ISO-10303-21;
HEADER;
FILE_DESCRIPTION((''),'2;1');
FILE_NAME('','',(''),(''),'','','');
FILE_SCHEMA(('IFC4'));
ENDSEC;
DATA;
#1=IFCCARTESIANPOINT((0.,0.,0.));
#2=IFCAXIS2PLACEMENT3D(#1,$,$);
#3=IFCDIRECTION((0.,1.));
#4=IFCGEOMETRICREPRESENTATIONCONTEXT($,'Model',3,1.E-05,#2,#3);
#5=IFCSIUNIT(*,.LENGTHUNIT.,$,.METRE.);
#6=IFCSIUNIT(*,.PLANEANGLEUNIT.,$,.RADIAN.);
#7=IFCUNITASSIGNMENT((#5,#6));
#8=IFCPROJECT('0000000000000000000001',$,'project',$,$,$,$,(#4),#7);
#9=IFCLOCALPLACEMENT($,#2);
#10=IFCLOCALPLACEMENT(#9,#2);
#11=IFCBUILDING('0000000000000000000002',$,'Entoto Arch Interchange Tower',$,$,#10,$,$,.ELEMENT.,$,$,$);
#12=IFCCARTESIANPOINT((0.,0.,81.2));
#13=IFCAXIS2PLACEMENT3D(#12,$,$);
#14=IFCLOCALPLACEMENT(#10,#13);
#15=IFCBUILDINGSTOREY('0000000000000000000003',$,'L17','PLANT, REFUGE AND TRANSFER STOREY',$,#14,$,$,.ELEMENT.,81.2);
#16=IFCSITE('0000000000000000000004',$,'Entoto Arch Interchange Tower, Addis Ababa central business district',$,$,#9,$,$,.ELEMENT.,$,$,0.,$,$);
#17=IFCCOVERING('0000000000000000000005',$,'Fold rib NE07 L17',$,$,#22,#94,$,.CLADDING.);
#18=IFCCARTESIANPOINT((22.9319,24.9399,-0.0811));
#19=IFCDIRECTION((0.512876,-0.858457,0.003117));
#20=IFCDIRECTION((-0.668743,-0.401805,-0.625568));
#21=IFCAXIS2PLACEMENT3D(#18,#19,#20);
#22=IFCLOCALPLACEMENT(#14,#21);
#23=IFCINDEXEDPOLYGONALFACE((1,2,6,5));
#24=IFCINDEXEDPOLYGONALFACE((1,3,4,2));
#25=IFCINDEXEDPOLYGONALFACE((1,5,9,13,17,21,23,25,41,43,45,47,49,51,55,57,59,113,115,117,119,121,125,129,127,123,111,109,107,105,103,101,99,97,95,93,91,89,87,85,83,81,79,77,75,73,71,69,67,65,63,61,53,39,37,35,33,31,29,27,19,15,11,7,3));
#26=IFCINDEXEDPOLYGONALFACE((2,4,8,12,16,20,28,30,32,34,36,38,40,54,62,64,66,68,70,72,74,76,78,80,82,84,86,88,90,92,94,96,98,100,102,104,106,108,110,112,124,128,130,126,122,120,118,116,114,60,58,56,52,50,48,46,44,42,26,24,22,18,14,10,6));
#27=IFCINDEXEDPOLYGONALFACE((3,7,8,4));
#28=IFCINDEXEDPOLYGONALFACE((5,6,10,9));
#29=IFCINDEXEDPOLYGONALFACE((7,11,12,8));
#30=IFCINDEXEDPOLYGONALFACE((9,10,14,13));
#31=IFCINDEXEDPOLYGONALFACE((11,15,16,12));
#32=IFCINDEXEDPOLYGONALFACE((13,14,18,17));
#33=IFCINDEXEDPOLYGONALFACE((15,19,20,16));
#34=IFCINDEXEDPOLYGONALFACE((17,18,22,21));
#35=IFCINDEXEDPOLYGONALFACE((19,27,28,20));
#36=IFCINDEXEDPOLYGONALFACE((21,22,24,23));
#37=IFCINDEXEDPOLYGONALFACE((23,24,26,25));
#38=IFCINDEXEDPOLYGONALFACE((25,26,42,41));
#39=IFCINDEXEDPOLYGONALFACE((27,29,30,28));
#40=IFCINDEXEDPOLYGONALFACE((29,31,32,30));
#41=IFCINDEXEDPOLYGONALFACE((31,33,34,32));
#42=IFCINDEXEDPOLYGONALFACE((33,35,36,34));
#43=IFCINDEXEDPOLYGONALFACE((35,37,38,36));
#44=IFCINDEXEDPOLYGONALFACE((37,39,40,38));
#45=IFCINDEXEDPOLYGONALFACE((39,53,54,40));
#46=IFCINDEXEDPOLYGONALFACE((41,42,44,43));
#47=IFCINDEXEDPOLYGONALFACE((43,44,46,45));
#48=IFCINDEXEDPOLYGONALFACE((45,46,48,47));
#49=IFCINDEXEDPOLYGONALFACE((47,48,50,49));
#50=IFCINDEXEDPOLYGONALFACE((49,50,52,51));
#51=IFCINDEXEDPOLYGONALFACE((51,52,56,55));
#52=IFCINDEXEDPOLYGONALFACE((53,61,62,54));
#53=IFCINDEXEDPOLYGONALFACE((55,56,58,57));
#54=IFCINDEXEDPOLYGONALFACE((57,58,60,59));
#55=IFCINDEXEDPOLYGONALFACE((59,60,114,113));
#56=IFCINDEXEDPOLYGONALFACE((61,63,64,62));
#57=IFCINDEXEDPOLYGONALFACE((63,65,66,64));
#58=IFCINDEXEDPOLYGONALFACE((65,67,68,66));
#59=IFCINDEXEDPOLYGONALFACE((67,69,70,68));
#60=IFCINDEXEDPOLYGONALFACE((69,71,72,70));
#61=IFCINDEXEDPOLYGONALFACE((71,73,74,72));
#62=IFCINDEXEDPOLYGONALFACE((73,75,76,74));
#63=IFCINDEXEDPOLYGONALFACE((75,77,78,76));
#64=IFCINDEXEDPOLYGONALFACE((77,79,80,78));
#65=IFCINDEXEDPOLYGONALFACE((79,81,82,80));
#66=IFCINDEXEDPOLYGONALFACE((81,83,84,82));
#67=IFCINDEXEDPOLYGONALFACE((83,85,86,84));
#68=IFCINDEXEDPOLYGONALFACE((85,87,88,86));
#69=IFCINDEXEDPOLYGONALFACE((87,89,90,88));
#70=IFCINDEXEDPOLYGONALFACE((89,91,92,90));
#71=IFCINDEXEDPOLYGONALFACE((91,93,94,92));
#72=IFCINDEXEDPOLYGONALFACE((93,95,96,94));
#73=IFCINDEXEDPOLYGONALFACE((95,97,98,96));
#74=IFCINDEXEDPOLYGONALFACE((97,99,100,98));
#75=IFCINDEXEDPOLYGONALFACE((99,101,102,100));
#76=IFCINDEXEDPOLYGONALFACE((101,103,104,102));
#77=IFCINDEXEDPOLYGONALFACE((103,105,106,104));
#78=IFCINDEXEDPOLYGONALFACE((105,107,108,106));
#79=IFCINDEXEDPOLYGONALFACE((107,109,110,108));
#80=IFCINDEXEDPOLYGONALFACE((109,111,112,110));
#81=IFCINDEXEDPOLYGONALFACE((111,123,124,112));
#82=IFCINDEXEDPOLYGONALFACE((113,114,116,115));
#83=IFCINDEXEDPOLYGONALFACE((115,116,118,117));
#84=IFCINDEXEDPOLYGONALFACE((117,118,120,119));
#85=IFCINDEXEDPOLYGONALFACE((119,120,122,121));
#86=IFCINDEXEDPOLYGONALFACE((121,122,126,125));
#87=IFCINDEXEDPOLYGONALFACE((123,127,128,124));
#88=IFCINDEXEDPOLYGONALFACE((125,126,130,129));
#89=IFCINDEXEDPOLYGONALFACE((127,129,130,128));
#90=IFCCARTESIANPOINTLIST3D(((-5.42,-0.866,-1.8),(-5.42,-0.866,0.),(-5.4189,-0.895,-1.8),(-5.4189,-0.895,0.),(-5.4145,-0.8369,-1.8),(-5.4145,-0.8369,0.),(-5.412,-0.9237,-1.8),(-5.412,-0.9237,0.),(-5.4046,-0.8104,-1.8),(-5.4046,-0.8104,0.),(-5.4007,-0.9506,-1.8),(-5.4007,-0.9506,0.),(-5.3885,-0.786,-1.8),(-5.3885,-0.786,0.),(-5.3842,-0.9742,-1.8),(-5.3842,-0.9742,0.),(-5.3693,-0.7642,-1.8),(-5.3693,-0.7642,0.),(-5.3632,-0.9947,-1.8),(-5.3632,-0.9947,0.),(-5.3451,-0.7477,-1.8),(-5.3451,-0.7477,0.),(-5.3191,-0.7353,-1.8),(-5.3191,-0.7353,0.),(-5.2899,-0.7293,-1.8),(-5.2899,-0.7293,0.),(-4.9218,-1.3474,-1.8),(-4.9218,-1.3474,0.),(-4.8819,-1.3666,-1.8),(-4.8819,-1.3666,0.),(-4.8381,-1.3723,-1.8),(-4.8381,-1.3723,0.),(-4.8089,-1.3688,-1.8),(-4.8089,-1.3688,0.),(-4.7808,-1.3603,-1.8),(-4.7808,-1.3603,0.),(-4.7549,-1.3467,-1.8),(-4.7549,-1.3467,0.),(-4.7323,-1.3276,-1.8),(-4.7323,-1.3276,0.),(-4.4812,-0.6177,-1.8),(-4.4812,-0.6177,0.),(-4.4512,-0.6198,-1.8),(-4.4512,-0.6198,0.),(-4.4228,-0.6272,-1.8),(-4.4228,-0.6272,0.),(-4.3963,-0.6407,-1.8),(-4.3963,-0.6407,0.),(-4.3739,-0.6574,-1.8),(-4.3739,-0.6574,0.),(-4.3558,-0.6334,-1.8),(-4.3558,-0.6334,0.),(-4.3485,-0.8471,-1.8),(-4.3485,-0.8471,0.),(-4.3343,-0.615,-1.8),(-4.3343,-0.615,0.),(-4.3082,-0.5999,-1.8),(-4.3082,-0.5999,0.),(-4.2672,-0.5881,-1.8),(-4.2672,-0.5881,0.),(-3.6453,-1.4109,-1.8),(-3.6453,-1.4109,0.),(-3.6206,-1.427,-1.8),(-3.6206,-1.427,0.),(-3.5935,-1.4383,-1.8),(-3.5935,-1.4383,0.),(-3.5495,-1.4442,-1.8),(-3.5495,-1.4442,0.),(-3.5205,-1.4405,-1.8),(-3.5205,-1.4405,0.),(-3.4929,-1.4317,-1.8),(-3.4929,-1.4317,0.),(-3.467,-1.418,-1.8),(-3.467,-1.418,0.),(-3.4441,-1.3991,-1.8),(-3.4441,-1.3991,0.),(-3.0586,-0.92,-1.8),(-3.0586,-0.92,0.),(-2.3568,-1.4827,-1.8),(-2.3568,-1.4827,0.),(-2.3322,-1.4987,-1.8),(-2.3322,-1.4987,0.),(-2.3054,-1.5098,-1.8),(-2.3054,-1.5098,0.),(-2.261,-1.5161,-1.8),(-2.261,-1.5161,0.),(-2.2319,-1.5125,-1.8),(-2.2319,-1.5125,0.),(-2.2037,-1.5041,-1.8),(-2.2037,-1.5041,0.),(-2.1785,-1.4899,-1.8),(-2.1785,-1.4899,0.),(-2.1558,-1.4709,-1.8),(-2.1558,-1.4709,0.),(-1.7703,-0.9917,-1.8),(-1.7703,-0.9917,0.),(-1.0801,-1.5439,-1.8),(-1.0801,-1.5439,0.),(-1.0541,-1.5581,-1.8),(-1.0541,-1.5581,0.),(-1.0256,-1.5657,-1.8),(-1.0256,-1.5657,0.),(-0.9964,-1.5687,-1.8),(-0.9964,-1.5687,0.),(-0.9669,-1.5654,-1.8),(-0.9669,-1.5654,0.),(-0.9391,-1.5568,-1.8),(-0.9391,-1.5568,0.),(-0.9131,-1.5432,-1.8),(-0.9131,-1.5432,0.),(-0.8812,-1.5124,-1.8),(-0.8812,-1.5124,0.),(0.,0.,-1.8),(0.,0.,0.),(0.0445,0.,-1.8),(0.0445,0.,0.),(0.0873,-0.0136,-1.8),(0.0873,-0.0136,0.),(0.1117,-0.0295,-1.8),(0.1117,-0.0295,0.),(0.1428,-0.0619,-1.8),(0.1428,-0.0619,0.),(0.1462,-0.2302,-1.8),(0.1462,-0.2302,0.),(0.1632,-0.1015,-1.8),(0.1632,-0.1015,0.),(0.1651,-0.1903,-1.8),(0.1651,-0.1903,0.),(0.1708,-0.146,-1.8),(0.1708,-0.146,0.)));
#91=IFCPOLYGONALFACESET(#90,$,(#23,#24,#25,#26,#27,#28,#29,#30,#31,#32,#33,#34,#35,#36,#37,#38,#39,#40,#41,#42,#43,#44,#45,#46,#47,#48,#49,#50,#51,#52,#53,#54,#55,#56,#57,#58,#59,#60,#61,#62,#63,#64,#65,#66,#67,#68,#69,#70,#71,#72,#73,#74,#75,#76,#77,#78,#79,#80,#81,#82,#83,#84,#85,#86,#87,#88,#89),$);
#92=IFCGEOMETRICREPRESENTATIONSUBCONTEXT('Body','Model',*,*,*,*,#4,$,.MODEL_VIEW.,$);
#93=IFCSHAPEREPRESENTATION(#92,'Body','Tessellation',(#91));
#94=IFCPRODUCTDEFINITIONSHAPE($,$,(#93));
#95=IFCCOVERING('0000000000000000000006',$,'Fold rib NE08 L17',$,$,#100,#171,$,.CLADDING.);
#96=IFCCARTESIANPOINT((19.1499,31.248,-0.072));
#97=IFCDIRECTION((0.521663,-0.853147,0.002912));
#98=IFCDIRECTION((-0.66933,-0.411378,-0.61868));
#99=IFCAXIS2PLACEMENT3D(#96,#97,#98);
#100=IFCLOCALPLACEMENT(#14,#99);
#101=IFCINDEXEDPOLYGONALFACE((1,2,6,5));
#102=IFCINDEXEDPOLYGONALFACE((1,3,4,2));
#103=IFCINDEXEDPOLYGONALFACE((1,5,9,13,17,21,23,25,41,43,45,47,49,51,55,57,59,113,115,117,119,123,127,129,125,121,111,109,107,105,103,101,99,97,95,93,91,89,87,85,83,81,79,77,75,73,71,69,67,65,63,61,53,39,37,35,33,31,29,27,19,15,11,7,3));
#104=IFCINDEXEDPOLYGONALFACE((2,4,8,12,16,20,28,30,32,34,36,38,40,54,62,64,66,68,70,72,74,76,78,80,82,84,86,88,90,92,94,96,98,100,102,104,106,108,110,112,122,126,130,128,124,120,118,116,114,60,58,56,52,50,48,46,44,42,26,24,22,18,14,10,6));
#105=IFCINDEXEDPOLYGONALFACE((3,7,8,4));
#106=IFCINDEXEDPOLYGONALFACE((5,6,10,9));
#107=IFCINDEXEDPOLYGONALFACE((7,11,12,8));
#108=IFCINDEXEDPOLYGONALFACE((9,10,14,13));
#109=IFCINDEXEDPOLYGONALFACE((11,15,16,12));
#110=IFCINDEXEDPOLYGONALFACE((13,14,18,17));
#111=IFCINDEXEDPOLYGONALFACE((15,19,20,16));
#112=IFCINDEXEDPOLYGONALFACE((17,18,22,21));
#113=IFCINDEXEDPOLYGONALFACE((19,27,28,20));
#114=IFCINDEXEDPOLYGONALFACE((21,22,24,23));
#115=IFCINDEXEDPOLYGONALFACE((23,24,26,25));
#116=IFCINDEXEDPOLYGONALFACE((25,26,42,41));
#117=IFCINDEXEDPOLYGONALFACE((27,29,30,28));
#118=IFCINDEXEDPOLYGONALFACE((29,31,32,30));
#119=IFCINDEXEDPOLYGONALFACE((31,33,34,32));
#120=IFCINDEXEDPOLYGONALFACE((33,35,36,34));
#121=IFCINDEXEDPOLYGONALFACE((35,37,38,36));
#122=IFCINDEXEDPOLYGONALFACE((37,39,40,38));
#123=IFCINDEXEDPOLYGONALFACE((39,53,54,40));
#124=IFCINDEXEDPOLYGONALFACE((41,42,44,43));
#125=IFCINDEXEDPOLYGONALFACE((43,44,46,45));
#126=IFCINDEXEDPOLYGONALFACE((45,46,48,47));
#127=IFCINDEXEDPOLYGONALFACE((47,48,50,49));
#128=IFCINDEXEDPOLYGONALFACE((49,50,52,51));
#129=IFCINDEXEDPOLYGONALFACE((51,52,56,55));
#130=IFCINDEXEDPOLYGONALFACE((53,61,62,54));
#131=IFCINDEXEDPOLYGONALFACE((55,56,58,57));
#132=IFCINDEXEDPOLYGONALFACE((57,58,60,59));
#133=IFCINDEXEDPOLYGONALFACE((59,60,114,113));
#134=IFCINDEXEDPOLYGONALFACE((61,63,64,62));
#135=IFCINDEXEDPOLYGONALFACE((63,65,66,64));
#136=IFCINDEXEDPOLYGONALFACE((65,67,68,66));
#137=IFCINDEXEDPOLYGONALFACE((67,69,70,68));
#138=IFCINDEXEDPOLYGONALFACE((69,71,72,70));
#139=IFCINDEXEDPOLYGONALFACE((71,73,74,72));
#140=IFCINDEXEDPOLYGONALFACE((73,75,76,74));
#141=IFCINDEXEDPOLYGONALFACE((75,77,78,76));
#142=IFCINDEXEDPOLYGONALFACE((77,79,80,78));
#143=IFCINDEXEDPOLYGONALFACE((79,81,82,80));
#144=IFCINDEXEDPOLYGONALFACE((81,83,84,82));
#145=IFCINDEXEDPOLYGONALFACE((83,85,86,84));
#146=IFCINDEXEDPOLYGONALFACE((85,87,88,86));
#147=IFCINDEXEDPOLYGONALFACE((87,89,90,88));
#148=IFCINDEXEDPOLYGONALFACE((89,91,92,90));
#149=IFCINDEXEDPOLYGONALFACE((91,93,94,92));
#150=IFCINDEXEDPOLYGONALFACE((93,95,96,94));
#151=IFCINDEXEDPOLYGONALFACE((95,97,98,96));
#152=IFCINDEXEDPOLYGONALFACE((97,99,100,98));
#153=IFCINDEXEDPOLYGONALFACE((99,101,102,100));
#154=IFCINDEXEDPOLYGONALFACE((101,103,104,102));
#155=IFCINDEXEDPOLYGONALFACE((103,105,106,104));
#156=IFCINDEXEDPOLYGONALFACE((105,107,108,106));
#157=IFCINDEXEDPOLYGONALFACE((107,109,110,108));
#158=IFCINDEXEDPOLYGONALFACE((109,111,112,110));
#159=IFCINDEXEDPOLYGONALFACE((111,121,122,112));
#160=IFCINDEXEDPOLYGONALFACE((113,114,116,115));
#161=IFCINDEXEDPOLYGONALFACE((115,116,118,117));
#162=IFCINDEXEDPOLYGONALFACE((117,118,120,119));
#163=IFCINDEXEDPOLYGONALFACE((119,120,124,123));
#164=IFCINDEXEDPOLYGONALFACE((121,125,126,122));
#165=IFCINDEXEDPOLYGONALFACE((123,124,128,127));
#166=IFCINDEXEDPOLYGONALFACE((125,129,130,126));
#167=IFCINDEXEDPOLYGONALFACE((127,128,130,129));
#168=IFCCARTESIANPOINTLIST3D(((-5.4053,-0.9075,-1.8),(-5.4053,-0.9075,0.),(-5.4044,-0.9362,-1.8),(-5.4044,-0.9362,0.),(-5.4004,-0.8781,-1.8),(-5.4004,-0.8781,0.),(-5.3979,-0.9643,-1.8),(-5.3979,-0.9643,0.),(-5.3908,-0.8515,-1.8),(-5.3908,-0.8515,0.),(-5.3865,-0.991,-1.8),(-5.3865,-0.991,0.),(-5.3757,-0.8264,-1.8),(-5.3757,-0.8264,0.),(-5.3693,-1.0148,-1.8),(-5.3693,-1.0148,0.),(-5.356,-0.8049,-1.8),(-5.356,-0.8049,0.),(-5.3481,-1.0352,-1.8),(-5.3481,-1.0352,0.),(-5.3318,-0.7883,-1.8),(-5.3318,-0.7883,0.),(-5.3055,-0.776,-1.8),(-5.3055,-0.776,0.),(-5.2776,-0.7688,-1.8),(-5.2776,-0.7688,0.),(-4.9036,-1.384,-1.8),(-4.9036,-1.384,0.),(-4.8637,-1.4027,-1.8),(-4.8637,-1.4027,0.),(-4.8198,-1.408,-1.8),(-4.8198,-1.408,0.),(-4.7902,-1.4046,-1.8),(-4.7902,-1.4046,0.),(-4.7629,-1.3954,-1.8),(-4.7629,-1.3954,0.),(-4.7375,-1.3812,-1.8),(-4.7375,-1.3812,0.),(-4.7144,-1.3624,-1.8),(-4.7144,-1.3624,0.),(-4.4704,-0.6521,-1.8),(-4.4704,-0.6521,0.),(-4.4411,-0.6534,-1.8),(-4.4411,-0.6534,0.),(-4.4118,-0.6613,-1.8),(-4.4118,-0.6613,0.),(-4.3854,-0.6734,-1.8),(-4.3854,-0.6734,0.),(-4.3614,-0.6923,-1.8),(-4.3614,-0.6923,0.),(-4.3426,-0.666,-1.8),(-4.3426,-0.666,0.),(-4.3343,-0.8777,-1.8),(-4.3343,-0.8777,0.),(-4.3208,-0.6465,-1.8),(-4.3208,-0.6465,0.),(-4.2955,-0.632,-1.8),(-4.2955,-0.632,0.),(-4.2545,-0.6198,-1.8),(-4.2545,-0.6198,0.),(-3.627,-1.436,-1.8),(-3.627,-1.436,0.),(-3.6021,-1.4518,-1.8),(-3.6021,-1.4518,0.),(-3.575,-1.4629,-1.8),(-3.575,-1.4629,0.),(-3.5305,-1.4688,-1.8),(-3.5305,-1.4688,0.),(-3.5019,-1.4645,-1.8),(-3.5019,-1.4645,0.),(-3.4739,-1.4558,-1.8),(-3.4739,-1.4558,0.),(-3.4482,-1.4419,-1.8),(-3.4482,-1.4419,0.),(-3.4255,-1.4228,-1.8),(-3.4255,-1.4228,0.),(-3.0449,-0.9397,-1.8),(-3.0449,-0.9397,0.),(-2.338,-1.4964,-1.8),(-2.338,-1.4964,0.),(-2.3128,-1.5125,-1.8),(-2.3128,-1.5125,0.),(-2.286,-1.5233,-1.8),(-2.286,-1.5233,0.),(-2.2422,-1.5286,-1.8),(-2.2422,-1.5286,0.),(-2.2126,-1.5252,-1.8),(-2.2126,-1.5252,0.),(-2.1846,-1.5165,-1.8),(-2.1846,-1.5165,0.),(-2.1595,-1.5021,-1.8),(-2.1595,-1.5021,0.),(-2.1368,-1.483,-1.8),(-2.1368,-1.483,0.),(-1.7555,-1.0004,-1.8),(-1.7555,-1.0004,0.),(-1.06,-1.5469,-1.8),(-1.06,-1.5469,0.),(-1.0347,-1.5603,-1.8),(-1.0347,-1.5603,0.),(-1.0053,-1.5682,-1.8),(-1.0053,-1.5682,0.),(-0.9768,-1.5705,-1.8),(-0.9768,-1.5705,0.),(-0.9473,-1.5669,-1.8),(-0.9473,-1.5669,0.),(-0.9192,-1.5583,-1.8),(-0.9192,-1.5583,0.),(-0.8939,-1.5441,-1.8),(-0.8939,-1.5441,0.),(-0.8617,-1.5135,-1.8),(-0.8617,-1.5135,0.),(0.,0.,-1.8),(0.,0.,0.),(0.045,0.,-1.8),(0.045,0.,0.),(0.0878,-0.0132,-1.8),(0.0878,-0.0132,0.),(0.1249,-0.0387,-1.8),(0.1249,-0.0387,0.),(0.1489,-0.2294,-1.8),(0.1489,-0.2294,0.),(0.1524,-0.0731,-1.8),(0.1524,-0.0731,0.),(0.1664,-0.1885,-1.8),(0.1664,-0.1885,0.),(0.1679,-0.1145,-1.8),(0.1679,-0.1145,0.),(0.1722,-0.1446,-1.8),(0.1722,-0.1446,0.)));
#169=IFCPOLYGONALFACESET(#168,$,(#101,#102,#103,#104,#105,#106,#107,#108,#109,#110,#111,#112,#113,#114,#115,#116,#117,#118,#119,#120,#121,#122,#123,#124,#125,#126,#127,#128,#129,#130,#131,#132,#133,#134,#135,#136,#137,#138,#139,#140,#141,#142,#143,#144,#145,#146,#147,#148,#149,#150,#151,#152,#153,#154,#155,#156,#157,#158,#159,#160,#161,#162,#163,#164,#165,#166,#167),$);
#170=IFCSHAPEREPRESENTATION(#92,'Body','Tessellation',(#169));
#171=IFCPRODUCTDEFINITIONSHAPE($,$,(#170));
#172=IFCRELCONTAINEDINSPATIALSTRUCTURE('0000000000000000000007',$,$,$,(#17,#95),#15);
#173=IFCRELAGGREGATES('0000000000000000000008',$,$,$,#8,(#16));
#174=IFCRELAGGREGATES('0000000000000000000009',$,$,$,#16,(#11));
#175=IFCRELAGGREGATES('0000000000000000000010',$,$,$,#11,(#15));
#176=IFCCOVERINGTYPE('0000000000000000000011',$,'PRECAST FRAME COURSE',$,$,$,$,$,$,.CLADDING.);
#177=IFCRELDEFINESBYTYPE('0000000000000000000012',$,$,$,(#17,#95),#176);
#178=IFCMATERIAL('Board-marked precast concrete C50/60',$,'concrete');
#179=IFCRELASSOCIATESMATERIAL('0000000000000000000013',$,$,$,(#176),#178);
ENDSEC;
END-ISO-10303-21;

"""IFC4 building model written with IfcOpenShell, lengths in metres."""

from ifc_helpers import new_model, si_unit, direction, frame, origin, place, context, subcontext, project, spatial, polyline, outline, extrude, material, type_object, element, save


model = new_model("IFC4")

# Units and contexts
model_context = context("Model", 3, precision=1e-05, world=origin(), true_north=direction((0.0, 1.0)))
body_context = subcontext(model_context, "Body", "Model", "MODEL_VIEW")
ifc_project = project(units=[si_unit("LENGTHUNIT", "METRE"), si_unit("PLANEANGLEUNIT", "RADIAN")], contexts=[model_context])

# Site, building, storey
site_placement = place(None, origin())
site = spatial("IfcSite", under=ifc_project, at=site_placement, Name="Entoto Arch Interchange Tower, Addis Ababa central business district", CompositionType="ELEMENT", RefElevation=0.0)
building_placement = place(site_placement, origin())
building = spatial("IfcBuilding", under=site, at=building_placement, Name="Entoto Arch Interchange Tower", CompositionType="ELEMENT")
storey_placement = place(building_placement, frame((0.0, 0.0, 81.2)))
storey = spatial("IfcBuildingStorey", under=building, at=storey_placement, Name="L17", Description="PLANT, REFUGE AND TRANSFER STOREY", CompositionType="ELEMENT", Elevation=81.2)

# Shared definitions
ifc_material_1 = material(Name="Board-marked precast concrete C50/60", Category="concrete")

# Coverings
covering_type = type_object("IfcCoveringType", Name="PRECAST FRAME COURSE", PredefinedType="CLADDING", material=ifc_material_1)
covering_1_placement = place(storey_placement, frame((22.9319, 24.9399, -0.0811), z_axis=(0.512876, -0.858457, 0.003117), x_axis=(-0.668743, -0.401805, -0.625568)))
element("IfcCovering", 1, at=covering_1_placement, inside=storey, type_object=covering_type, Name="Fold rib NE07 L17", PredefinedType="CLADDING", context=body_context, shape_type="SweptSolid", body=[
    extrude(outline(polyline([(0.0, 0.0), (0.0445, 0.0), (0.0873, -0.0136), (0.1117, -0.0295), (0.1428, -0.0619), (0.1632, -0.1015), (0.1708, -0.146), (0.1651, -0.1903), (0.1462, -0.2302), (-0.8812, -1.5124), (-0.9131, -1.5432), (-0.9391, -1.5568), (-0.9669, -1.5654), (-0.9964, -1.5687), (-1.0256, -1.5657), (-1.0541, -1.5581), (-1.0801, -1.5439), (-1.7703, -0.9917), (-2.1558, -1.4709), (-2.1785, -1.4899), (-2.2037, -1.5041), (-2.2319, -1.5125), (-2.261, -1.5161), (-2.3054, -1.5098), (-2.3322, -1.4987), (-2.3568, -1.4827), (-3.0586, -0.92), (-3.4441, -1.3991), (-3.467, -1.418), (-3.4929, -1.4317), (-3.5205, -1.4405), (-3.5495, -1.4442), (-3.5935, -1.4383), (-3.6206, -1.427), (-3.6453, -1.4109), (-4.3485, -0.8471), (-4.7323, -1.3276), (-4.7549, -1.3467), (-4.7808, -1.3603), (-4.8089, -1.3688), (-4.8381, -1.3723), (-4.8819, -1.3666), (-4.9218, -1.3474), (-5.3632, -0.9947), (-5.3842, -0.9742), (-5.4007, -0.9506), (-5.412, -0.9237), (-5.4189, -0.895), (-5.42, -0.866), (-5.4145, -0.8369), (-5.4046, -0.8104), (-5.3885, -0.786), (-5.3693, -0.7642), (-5.3451, -0.7477), (-5.3191, -0.7353), (-5.2899, -0.7293), (-4.4812, -0.6177), (-4.4512, -0.6198), (-4.4228, -0.6272), (-4.3963, -0.6407), (-4.3739, -0.6574), (-4.3558, -0.6334), (-4.3343, -0.615), (-4.3082, -0.5999), (-4.2672, -0.5881), (0.0, 0.0)])), origin(), (0.0, 0.0, -1.0), 1.8),
])
covering_2_placement = place(storey_placement, frame((19.1499, 31.248, -0.072), z_axis=(0.521663, -0.853147, 0.002912), x_axis=(-0.66933, -0.411378, -0.61868)))
element("IfcCovering", 2, at=covering_2_placement, inside=storey, type_object=covering_type, Name="Fold rib NE08 L17", PredefinedType="CLADDING", context=body_context, shape_type="SweptSolid", body=[
    extrude(outline(polyline([(0.0, 0.0), (0.045, 0.0), (0.0878, -0.0132), (0.1249, -0.0387), (0.1524, -0.0731), (0.1679, -0.1145), (0.1722, -0.1446), (0.1664, -0.1885), (0.1489, -0.2294), (-0.8617, -1.5135), (-0.8939, -1.5441), (-0.9192, -1.5583), (-0.9473, -1.5669), (-0.9768, -1.5705), (-1.0053, -1.5682), (-1.0347, -1.5603), (-1.06, -1.5469), (-1.7555, -1.0004), (-2.1368, -1.483), (-2.1595, -1.5021), (-2.1846, -1.5165), (-2.2126, -1.5252), (-2.2422, -1.5286), (-2.286, -1.5233), (-2.3128, -1.5125), (-2.338, -1.4964), (-3.0449, -0.9397), (-3.4255, -1.4228), (-3.4482, -1.4419), (-3.4739, -1.4558), (-3.5019, -1.4645), (-3.5305, -1.4688), (-3.575, -1.4629), (-3.6021, -1.4518), (-3.627, -1.436), (-4.3343, -0.8777), (-4.7144, -1.3624), (-4.7375, -1.3812), (-4.7629, -1.3954), (-4.7902, -1.4046), (-4.8198, -1.408), (-4.8637, -1.4027), (-4.9036, -1.384), (-5.3481, -1.0352), (-5.3693, -1.0148), (-5.3865, -0.991), (-5.3979, -0.9643), (-5.4044, -0.9362), (-5.4053, -0.9075), (-5.4004, -0.8781), (-5.3908, -0.8515), (-5.3757, -0.8264), (-5.356, -0.8049), (-5.3318, -0.7883), (-5.3055, -0.776), (-5.2776, -0.7688), (-4.4704, -0.6521), (-4.4411, -0.6534), (-4.4118, -0.6613), (-4.3854, -0.6734), (-4.3614, -0.6923), (-4.3426, -0.666), (-4.3208, -0.6465), (-4.2955, -0.632), (-4.2545, -0.6198), (0.0, 0.0)])), origin(), (0.0, 0.0, -1.0), 1.8),
])

save(model, "model.ifc")
